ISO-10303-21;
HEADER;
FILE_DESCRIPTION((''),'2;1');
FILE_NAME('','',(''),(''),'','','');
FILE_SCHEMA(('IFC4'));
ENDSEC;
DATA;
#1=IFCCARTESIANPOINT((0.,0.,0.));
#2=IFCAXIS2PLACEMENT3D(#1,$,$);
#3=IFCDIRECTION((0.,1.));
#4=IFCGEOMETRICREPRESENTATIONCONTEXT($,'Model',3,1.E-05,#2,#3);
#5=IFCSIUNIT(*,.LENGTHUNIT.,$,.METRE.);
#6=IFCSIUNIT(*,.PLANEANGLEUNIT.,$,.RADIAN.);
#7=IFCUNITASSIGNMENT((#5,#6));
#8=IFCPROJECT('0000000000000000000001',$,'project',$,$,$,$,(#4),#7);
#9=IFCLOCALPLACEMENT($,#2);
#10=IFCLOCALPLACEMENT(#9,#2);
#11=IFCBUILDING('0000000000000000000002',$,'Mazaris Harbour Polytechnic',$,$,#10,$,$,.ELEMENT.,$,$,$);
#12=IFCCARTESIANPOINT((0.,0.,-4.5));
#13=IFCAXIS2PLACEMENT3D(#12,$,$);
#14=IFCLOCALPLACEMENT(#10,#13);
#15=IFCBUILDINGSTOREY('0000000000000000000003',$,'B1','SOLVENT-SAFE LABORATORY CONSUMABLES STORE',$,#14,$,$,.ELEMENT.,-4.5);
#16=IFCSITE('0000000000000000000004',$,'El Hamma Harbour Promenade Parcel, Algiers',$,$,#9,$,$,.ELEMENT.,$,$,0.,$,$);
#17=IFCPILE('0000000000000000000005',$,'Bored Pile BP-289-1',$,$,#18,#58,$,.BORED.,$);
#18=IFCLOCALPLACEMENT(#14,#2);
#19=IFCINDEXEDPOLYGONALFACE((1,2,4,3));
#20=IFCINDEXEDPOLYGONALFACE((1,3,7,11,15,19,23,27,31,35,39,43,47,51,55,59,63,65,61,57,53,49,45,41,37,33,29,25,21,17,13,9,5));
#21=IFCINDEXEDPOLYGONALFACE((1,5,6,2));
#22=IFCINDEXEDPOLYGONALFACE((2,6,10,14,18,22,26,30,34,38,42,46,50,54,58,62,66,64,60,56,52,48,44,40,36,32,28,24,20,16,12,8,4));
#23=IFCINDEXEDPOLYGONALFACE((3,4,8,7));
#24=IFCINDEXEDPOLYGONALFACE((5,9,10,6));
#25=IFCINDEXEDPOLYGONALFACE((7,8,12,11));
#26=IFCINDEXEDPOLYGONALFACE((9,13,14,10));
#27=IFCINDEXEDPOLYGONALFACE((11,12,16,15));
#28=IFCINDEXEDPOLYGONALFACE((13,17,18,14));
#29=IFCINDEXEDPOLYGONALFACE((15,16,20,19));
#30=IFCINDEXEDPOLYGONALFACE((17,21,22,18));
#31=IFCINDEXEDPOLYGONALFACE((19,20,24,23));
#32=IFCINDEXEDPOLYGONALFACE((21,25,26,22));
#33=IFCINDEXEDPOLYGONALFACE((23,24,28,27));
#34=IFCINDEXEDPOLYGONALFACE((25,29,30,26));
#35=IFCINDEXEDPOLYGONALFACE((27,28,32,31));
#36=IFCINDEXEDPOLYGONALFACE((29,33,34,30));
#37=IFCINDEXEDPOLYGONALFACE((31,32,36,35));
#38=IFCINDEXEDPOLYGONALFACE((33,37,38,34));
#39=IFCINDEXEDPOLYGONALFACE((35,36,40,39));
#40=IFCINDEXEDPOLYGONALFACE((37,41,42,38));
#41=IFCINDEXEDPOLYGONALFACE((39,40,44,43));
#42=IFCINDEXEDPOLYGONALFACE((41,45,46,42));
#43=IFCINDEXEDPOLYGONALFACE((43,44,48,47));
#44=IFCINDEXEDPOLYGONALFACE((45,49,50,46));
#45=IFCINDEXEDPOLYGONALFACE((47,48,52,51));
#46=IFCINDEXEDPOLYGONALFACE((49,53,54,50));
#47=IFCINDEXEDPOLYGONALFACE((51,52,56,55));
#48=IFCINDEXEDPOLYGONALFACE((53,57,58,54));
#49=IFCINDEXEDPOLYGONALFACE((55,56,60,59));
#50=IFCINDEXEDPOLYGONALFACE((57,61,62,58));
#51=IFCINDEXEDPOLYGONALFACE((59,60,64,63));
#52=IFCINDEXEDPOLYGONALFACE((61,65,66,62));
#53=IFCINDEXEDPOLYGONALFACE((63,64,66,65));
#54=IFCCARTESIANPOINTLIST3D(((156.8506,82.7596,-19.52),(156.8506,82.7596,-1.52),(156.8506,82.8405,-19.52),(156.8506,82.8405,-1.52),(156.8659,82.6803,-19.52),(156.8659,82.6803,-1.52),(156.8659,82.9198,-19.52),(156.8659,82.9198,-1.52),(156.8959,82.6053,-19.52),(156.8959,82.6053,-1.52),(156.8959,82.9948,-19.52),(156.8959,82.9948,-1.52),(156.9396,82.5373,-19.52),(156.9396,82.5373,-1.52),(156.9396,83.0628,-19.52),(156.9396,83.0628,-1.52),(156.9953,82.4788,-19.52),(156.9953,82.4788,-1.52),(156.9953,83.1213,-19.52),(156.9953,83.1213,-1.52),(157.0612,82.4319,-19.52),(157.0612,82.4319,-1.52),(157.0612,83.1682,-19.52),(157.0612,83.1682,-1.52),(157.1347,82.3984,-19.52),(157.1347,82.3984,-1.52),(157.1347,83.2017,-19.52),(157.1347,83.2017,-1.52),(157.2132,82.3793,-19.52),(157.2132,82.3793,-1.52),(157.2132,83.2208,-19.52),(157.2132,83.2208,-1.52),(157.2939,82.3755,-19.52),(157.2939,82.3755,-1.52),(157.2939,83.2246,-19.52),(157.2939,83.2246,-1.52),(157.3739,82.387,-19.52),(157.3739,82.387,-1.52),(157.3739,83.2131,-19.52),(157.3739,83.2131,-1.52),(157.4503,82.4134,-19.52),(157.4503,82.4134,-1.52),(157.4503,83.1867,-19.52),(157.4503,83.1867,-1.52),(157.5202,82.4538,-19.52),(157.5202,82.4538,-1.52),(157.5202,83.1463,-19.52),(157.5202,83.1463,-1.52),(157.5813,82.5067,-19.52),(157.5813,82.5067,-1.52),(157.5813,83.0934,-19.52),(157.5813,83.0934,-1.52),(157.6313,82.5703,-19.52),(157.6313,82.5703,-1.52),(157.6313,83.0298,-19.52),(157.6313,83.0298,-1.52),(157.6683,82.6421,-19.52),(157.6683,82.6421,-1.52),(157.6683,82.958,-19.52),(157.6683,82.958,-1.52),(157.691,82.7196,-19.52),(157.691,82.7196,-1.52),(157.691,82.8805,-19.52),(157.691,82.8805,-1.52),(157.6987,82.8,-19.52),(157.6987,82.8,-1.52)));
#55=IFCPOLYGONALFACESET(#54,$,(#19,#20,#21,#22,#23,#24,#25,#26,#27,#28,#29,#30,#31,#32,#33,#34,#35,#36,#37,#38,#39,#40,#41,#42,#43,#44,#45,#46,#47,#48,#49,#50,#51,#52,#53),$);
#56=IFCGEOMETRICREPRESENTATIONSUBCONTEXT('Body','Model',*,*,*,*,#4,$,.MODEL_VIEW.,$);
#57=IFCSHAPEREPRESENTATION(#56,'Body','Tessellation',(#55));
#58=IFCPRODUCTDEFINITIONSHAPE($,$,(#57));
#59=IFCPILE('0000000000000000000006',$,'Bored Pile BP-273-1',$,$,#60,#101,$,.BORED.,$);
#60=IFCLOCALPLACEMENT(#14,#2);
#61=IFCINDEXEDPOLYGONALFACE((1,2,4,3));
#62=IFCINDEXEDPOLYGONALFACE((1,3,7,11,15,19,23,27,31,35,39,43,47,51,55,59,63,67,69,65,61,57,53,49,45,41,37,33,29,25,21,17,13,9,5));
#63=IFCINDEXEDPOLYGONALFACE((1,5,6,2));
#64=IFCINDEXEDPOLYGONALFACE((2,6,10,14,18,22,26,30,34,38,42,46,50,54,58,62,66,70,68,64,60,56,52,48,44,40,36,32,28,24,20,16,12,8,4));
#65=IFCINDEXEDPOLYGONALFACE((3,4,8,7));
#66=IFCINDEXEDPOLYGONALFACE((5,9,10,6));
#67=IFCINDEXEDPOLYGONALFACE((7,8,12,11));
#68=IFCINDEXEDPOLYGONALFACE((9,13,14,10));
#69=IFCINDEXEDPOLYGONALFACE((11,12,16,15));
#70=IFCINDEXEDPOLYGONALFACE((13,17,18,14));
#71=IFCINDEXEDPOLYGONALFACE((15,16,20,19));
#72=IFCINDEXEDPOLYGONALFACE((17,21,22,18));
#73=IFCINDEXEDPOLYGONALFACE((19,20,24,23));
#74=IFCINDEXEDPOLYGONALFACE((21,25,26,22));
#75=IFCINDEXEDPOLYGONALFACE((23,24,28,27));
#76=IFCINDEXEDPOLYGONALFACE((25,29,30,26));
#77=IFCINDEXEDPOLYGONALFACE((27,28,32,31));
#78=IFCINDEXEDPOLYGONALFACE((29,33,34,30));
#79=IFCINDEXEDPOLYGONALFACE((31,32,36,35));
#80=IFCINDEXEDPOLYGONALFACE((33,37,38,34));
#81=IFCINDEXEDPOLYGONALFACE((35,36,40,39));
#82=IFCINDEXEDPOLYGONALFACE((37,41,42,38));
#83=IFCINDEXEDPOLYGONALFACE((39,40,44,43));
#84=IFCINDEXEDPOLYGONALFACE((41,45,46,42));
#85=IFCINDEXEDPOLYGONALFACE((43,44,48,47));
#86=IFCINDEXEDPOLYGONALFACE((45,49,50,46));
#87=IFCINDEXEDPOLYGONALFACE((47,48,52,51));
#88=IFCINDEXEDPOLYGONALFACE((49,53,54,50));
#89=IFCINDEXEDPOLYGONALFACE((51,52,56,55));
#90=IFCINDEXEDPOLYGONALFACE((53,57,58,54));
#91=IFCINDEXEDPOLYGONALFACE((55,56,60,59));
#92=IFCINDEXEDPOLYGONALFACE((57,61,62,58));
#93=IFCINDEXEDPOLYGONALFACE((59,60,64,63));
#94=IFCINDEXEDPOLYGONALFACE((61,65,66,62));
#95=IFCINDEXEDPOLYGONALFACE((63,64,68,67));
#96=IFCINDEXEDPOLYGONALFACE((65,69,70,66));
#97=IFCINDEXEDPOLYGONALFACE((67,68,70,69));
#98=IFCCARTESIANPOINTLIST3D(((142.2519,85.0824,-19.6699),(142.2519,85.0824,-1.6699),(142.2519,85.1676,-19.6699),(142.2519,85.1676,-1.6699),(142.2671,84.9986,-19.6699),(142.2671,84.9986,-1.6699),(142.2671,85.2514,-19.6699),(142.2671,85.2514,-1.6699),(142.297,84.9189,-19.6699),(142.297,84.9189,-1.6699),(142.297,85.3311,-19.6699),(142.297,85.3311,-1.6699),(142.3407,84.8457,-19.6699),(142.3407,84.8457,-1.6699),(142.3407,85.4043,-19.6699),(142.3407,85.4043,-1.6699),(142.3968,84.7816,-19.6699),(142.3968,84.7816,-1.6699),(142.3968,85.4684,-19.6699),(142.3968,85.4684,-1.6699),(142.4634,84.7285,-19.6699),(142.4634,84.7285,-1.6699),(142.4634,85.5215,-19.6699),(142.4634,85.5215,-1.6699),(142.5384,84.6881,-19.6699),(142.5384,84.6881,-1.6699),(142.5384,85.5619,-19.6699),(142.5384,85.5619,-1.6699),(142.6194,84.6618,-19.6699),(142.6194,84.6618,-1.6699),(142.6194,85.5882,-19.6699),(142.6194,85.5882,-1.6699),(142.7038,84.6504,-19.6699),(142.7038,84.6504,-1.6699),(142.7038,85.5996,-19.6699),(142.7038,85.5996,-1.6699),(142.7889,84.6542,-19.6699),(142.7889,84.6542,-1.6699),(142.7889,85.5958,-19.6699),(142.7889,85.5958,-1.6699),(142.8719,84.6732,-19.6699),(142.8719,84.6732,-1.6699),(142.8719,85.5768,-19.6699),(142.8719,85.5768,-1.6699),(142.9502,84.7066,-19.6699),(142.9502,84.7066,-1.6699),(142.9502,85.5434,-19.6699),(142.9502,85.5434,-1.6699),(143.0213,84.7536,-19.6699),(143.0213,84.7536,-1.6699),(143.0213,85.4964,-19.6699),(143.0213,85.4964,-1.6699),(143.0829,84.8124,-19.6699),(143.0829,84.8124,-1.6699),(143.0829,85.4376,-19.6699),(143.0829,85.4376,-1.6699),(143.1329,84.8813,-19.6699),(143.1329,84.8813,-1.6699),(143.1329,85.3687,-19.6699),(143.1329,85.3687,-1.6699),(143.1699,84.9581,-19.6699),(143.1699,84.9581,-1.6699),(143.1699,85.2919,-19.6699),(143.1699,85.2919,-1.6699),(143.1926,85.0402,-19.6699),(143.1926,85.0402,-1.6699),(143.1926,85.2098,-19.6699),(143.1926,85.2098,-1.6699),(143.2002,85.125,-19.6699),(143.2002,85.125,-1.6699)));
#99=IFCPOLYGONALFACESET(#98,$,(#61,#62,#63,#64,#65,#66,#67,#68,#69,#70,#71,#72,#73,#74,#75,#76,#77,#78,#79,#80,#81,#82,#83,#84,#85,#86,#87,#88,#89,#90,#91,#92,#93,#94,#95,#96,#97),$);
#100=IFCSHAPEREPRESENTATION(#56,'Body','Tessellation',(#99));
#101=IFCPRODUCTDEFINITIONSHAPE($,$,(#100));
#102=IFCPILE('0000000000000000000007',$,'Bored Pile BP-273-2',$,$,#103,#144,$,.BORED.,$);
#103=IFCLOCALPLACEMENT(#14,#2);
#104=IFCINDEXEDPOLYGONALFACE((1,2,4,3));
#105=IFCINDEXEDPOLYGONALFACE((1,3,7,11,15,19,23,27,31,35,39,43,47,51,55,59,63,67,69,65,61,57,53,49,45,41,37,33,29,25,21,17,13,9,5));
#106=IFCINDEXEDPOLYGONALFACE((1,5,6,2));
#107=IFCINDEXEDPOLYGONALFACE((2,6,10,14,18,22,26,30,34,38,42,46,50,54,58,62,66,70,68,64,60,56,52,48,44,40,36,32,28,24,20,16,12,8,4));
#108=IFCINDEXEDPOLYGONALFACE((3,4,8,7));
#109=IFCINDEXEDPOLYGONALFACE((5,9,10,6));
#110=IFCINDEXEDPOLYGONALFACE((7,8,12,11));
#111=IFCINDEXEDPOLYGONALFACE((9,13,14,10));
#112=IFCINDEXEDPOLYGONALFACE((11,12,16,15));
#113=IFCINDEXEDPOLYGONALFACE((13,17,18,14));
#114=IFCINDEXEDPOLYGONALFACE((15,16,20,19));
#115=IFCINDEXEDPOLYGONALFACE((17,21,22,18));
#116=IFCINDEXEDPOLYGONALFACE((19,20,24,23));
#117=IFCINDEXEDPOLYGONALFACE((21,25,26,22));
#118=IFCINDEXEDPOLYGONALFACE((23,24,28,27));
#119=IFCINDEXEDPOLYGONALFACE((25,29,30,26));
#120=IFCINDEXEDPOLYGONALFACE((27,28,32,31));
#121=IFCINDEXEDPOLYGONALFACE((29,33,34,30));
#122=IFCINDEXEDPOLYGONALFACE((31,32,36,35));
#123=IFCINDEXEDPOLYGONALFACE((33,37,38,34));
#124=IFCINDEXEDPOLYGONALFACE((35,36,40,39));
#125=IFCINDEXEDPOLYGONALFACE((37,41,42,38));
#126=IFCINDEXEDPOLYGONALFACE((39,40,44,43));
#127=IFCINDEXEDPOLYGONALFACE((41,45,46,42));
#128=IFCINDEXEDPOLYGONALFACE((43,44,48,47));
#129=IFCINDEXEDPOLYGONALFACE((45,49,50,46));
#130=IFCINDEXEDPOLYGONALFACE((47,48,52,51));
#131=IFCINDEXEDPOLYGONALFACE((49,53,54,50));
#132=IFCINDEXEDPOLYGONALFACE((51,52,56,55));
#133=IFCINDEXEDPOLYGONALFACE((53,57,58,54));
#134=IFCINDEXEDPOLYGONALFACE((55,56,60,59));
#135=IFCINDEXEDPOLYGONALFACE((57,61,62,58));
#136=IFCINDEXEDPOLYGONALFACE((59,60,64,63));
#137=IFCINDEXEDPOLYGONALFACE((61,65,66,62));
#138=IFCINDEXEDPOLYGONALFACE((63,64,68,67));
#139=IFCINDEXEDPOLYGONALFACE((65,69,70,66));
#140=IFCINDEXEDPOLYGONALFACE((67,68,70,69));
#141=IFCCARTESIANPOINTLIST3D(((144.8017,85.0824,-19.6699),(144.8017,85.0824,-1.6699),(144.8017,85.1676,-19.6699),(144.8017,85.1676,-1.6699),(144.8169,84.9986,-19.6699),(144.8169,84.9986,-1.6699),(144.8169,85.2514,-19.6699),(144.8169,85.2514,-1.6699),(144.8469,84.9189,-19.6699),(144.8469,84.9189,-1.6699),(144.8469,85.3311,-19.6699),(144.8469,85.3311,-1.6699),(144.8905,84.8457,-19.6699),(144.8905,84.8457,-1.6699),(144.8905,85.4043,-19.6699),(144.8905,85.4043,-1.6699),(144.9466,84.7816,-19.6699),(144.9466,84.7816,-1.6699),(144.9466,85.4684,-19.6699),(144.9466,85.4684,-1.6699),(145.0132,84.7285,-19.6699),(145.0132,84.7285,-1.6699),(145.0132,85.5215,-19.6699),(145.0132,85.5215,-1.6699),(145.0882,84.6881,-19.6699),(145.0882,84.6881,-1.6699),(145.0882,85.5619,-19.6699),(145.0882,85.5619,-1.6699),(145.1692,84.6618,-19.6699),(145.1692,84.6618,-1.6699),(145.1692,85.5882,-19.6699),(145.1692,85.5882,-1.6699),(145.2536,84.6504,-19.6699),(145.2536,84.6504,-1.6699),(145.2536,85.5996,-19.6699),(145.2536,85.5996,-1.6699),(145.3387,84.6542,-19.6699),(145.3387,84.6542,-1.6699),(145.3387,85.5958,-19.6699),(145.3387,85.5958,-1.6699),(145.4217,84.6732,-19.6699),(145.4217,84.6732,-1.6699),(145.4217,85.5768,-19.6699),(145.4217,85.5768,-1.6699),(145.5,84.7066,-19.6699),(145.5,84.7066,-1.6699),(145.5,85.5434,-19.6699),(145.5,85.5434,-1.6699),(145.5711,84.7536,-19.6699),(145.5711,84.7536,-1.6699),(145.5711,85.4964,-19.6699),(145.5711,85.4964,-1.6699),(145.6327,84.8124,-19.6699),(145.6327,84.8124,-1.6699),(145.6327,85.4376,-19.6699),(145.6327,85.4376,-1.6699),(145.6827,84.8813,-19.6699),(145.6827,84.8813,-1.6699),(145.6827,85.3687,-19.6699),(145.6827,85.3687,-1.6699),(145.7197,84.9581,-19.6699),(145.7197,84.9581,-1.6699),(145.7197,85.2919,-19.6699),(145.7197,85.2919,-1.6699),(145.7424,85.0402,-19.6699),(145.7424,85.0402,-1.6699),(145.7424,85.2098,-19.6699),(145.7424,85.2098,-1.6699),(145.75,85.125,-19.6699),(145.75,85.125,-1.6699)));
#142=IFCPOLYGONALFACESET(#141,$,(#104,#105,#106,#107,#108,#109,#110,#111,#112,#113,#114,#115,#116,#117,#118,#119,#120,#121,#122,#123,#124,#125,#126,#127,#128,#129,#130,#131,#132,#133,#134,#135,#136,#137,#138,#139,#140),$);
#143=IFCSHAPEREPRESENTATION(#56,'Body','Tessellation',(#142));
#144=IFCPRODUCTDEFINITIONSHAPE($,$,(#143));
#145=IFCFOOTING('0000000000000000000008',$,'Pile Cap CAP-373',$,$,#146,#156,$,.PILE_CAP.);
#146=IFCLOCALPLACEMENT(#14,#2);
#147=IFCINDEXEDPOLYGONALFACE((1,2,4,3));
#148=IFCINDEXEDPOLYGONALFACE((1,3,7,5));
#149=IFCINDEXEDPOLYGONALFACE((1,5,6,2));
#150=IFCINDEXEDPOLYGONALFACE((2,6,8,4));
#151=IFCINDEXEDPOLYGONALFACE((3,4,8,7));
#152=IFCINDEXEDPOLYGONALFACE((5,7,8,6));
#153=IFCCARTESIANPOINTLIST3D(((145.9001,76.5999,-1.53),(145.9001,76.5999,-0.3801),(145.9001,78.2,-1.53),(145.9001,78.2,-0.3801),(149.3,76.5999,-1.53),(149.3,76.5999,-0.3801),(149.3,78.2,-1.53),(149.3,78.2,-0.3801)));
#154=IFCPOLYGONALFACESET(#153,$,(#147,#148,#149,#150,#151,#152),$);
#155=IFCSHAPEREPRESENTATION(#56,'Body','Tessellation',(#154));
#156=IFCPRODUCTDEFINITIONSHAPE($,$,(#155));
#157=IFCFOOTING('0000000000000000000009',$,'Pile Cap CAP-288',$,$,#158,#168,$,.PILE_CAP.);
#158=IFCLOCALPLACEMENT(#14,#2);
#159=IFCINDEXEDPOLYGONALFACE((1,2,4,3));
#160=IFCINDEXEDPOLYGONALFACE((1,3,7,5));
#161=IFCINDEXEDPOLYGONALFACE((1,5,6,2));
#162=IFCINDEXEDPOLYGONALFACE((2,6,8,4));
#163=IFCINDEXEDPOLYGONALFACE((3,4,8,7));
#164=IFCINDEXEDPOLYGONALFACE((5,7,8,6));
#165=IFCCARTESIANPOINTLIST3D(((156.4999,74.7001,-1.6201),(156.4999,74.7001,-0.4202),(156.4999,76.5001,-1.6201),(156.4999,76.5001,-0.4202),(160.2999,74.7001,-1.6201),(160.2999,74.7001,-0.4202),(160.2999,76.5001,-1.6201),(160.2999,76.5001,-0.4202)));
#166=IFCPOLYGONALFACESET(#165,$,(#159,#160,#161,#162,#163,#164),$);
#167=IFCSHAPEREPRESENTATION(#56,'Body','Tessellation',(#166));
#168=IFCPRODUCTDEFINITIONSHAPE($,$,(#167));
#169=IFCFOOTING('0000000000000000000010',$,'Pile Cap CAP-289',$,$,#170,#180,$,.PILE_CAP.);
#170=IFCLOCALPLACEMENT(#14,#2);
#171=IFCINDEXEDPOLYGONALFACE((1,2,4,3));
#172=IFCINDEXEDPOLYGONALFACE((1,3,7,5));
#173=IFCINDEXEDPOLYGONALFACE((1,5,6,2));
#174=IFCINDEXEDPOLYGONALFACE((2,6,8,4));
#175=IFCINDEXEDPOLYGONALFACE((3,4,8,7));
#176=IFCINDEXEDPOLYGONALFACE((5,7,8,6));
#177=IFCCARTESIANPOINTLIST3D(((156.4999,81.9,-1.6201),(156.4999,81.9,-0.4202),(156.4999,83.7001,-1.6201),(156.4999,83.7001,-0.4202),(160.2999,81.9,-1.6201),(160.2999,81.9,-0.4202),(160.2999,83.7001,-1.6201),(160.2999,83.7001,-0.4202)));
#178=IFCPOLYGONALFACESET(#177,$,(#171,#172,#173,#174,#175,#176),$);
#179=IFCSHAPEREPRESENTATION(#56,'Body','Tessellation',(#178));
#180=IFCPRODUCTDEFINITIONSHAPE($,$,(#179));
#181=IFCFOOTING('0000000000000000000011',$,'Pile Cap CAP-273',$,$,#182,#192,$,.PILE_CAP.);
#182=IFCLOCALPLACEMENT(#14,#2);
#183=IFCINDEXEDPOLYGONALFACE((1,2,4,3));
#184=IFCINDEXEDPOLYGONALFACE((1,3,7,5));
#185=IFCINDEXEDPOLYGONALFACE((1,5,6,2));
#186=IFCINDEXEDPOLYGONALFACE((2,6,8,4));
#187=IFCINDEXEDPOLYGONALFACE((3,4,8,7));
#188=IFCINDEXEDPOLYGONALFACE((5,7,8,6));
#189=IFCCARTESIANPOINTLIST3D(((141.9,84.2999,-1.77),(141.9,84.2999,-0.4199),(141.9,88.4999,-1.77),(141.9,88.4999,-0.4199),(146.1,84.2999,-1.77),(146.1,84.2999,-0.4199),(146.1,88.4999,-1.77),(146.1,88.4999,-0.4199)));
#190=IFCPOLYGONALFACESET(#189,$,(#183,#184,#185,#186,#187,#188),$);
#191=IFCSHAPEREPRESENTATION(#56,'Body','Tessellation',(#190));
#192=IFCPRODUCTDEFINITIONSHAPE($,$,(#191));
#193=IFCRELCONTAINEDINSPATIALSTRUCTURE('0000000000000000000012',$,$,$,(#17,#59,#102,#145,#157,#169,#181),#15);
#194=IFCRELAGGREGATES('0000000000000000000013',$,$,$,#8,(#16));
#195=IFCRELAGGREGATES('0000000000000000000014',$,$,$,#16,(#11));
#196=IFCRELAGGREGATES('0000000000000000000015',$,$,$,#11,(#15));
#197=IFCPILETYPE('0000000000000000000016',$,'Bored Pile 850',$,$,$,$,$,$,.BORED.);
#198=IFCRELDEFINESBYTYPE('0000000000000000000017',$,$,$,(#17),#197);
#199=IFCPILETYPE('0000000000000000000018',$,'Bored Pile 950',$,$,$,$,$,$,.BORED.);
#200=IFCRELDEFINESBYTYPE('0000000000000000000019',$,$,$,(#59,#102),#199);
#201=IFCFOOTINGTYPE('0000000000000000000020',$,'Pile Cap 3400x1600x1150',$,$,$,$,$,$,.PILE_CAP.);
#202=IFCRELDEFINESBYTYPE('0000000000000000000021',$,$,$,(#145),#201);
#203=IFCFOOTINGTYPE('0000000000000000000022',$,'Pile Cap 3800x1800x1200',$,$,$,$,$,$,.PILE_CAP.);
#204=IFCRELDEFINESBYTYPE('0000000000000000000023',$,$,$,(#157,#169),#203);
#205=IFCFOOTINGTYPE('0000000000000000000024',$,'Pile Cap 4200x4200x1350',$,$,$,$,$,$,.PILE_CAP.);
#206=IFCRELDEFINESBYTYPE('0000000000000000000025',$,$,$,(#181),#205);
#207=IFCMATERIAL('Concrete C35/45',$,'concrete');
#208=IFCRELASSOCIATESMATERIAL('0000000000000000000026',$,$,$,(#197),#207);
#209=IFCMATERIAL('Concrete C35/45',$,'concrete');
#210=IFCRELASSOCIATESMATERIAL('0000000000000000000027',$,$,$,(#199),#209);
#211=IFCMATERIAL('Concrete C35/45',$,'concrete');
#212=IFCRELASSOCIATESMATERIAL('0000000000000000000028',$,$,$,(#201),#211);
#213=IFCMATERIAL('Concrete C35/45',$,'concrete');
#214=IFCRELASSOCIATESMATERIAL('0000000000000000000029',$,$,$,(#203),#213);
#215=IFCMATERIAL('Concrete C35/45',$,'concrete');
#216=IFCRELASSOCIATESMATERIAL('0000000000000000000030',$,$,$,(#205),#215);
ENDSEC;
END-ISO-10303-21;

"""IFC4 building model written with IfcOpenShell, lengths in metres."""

from ifc_helpers import new_model, si_unit, direction, frame, origin, origin_2d, place, context, subcontext, project, spatial, rectangle, circle, extrude, material, material_profile, profile_set, type_object, element, save


model = new_model("IFC4")

# Units and contexts
model_context = context("Model", 3, precision=1e-05, world=origin(), true_north=direction((0.0, 1.0)))
body_context = subcontext(model_context, "Body", "Model", "MODEL_VIEW")
ifc_project = project(units=[si_unit("LENGTHUNIT", "METRE"), si_unit("PLANEANGLEUNIT", "RADIAN")], contexts=[model_context])

# Site, building, storey
site_placement = place(None, origin())
site = spatial("IfcSite", under=ifc_project, at=site_placement, Name="El Hamma Harbour Promenade Parcel, Algiers", CompositionType="ELEMENT", RefElevation=0.0)
building_placement = place(site_placement, origin())
building = spatial("IfcBuilding", under=site, at=building_placement, Name="Mazaris Harbour Polytechnic", CompositionType="ELEMENT")
storey_placement = place(building_placement, frame((0.0, 0.0, -4.5)))
storey = spatial("IfcBuildingStorey", under=building, at=storey_placement, Name="B1", Description="SOLVENT-SAFE LABORATORY CONSUMABLES STORE", CompositionType="ELEMENT", Elevation=-4.5)

# Piles
ifc_material_1 = material(Name="Concrete C35/45", Category="concrete")
ifc_material_profile_1 = material_profile(ifc_material_1, circle(Radius=0.425, at=origin_2d()), Name="DIA850")
ifc_profile_set_1 = profile_set([ifc_material_profile_1], Name="Concrete C35/45")
pile_type_1 = type_object("IfcPileType", Name="Bored Pile 850", PredefinedType="BORED", material=ifc_profile_set_1)
for number, where, z_axis, x_axis, name in (
    (1, (157.2737, 82.8, -1.52), (0.0, 0.0, -1.0), (1.0, 0.0, 0.0), "Bored Pile BP-289-1"),
):
    element("IfcPile", number, at=place(storey_placement, frame(where, z_axis=z_axis, x_axis=x_axis)), inside=storey, type_object=pile_type_1, Name=name, PredefinedType="BORED", context=body_context, shape_type="SweptSolid", body=[
        extrude(circle(Radius=0.425, at=origin_2d()), origin(), (0.0, 0.0, 1.0), 18.0),
    ])
ifc_material_2 = material(Name="Concrete C35/45", Category="concrete")
ifc_material_profile_2 = material_profile(ifc_material_2, circle(Radius=0.4751, at=origin_2d()), Name="DIA950")
ifc_profile_set_2 = profile_set([ifc_material_profile_2], Name="Concrete C35/45")
pile_type_2 = type_object("IfcPileType", Name="Bored Pile 950", PredefinedType="BORED", material=ifc_profile_set_2)
for number, where, z_axis, x_axis, name in (
    (2, (142.7251, 85.125, -1.6699), (0.0, 0.0, -1.0), (1.0, 0.0, 0.0), "Bored Pile BP-273-1"),
    (3, (145.2749, 85.125, -1.6699), (0.0, 0.0, -1.0), (1.0, 0.0, 0.0), "Bored Pile BP-273-2"),
):
    element("IfcPile", number, at=place(storey_placement, frame(where, z_axis=z_axis, x_axis=x_axis)), inside=storey, type_object=pile_type_2, Name=name, PredefinedType="BORED", context=body_context, shape_type="SweptSolid", body=[
        extrude(circle(Radius=0.4751, at=origin_2d()), origin(), (0.0, 0.0, 1.0), 18.0),
    ])

# Footings
ifc_material_3 = material(Name="Concrete C35/45", Category="concrete")
footing_type_1 = type_object("IfcFootingType", Name="Pile Cap 3400x1600x1150", PredefinedType="PILE_CAP", material=ifc_material_3)
footing_1_placement = place(storey_placement, frame((147.6001, 77.3999, -1.53), z_axis=(0.0, 0.0, 1.0), x_axis=(1.0, 0.0, 0.0)))
element("IfcFooting", 4, at=footing_1_placement, inside=storey, type_object=footing_type_1, Name="Pile Cap CAP-373", PredefinedType="PILE_CAP", context=body_context, shape_type="SweptSolid", body=[
    extrude(rectangle(XDim=3.3999, YDim=1.6001, at=origin_2d()), origin(), (0.0, 0.0, 1.0), 1.1499),
])
ifc_material_4 = material(Name="Concrete C35/45", Category="concrete")
footing_type_2 = type_object("IfcFootingType", Name="Pile Cap 3800x1800x1200", PredefinedType="PILE_CAP", material=ifc_material_4)
for number, where, z_axis, x_axis, name in (
    (5, (158.3999, 75.6001, -1.6201), (0.0, 0.0, 1.0), (1.0, 0.0, 0.0), "Pile Cap CAP-288"),
    (6, (158.3999, 82.8, -1.6201), (0.0, 0.0, 1.0), (1.0, 0.0, 0.0), "Pile Cap CAP-289"),
):
    element("IfcFooting", number, at=place(storey_placement, frame(where, z_axis=z_axis, x_axis=x_axis)), inside=storey, type_object=footing_type_2, Name=name, PredefinedType="PILE_CAP", context=body_context, shape_type="SweptSolid", body=[
        extrude(rectangle(XDim=3.8, YDim=1.8, at=origin_2d()), origin(), (0.0, 0.0, 1.0), 1.2),
    ])
ifc_material_5 = material(Name="Concrete C35/45", Category="concrete")
footing_type_3 = type_object("IfcFootingType", Name="Pile Cap 4200x4200x1350", PredefinedType="PILE_CAP", material=ifc_material_5)
footing_2_placement = place(storey_placement, frame((144.0, 86.3999, -1.77), z_axis=(0.0, 0.0, 1.0), x_axis=(1.0, 0.0, 0.0)))
element("IfcFooting", 7, at=footing_2_placement, inside=storey, type_object=footing_type_3, Name="Pile Cap CAP-273", PredefinedType="PILE_CAP", context=body_context, shape_type="SweptSolid", body=[
    extrude(rectangle(XDim=4.2, YDim=4.2, at=origin_2d()), origin(), (0.0, 0.0, 1.0), 1.3501),
])

save(model, "model.ifc")
